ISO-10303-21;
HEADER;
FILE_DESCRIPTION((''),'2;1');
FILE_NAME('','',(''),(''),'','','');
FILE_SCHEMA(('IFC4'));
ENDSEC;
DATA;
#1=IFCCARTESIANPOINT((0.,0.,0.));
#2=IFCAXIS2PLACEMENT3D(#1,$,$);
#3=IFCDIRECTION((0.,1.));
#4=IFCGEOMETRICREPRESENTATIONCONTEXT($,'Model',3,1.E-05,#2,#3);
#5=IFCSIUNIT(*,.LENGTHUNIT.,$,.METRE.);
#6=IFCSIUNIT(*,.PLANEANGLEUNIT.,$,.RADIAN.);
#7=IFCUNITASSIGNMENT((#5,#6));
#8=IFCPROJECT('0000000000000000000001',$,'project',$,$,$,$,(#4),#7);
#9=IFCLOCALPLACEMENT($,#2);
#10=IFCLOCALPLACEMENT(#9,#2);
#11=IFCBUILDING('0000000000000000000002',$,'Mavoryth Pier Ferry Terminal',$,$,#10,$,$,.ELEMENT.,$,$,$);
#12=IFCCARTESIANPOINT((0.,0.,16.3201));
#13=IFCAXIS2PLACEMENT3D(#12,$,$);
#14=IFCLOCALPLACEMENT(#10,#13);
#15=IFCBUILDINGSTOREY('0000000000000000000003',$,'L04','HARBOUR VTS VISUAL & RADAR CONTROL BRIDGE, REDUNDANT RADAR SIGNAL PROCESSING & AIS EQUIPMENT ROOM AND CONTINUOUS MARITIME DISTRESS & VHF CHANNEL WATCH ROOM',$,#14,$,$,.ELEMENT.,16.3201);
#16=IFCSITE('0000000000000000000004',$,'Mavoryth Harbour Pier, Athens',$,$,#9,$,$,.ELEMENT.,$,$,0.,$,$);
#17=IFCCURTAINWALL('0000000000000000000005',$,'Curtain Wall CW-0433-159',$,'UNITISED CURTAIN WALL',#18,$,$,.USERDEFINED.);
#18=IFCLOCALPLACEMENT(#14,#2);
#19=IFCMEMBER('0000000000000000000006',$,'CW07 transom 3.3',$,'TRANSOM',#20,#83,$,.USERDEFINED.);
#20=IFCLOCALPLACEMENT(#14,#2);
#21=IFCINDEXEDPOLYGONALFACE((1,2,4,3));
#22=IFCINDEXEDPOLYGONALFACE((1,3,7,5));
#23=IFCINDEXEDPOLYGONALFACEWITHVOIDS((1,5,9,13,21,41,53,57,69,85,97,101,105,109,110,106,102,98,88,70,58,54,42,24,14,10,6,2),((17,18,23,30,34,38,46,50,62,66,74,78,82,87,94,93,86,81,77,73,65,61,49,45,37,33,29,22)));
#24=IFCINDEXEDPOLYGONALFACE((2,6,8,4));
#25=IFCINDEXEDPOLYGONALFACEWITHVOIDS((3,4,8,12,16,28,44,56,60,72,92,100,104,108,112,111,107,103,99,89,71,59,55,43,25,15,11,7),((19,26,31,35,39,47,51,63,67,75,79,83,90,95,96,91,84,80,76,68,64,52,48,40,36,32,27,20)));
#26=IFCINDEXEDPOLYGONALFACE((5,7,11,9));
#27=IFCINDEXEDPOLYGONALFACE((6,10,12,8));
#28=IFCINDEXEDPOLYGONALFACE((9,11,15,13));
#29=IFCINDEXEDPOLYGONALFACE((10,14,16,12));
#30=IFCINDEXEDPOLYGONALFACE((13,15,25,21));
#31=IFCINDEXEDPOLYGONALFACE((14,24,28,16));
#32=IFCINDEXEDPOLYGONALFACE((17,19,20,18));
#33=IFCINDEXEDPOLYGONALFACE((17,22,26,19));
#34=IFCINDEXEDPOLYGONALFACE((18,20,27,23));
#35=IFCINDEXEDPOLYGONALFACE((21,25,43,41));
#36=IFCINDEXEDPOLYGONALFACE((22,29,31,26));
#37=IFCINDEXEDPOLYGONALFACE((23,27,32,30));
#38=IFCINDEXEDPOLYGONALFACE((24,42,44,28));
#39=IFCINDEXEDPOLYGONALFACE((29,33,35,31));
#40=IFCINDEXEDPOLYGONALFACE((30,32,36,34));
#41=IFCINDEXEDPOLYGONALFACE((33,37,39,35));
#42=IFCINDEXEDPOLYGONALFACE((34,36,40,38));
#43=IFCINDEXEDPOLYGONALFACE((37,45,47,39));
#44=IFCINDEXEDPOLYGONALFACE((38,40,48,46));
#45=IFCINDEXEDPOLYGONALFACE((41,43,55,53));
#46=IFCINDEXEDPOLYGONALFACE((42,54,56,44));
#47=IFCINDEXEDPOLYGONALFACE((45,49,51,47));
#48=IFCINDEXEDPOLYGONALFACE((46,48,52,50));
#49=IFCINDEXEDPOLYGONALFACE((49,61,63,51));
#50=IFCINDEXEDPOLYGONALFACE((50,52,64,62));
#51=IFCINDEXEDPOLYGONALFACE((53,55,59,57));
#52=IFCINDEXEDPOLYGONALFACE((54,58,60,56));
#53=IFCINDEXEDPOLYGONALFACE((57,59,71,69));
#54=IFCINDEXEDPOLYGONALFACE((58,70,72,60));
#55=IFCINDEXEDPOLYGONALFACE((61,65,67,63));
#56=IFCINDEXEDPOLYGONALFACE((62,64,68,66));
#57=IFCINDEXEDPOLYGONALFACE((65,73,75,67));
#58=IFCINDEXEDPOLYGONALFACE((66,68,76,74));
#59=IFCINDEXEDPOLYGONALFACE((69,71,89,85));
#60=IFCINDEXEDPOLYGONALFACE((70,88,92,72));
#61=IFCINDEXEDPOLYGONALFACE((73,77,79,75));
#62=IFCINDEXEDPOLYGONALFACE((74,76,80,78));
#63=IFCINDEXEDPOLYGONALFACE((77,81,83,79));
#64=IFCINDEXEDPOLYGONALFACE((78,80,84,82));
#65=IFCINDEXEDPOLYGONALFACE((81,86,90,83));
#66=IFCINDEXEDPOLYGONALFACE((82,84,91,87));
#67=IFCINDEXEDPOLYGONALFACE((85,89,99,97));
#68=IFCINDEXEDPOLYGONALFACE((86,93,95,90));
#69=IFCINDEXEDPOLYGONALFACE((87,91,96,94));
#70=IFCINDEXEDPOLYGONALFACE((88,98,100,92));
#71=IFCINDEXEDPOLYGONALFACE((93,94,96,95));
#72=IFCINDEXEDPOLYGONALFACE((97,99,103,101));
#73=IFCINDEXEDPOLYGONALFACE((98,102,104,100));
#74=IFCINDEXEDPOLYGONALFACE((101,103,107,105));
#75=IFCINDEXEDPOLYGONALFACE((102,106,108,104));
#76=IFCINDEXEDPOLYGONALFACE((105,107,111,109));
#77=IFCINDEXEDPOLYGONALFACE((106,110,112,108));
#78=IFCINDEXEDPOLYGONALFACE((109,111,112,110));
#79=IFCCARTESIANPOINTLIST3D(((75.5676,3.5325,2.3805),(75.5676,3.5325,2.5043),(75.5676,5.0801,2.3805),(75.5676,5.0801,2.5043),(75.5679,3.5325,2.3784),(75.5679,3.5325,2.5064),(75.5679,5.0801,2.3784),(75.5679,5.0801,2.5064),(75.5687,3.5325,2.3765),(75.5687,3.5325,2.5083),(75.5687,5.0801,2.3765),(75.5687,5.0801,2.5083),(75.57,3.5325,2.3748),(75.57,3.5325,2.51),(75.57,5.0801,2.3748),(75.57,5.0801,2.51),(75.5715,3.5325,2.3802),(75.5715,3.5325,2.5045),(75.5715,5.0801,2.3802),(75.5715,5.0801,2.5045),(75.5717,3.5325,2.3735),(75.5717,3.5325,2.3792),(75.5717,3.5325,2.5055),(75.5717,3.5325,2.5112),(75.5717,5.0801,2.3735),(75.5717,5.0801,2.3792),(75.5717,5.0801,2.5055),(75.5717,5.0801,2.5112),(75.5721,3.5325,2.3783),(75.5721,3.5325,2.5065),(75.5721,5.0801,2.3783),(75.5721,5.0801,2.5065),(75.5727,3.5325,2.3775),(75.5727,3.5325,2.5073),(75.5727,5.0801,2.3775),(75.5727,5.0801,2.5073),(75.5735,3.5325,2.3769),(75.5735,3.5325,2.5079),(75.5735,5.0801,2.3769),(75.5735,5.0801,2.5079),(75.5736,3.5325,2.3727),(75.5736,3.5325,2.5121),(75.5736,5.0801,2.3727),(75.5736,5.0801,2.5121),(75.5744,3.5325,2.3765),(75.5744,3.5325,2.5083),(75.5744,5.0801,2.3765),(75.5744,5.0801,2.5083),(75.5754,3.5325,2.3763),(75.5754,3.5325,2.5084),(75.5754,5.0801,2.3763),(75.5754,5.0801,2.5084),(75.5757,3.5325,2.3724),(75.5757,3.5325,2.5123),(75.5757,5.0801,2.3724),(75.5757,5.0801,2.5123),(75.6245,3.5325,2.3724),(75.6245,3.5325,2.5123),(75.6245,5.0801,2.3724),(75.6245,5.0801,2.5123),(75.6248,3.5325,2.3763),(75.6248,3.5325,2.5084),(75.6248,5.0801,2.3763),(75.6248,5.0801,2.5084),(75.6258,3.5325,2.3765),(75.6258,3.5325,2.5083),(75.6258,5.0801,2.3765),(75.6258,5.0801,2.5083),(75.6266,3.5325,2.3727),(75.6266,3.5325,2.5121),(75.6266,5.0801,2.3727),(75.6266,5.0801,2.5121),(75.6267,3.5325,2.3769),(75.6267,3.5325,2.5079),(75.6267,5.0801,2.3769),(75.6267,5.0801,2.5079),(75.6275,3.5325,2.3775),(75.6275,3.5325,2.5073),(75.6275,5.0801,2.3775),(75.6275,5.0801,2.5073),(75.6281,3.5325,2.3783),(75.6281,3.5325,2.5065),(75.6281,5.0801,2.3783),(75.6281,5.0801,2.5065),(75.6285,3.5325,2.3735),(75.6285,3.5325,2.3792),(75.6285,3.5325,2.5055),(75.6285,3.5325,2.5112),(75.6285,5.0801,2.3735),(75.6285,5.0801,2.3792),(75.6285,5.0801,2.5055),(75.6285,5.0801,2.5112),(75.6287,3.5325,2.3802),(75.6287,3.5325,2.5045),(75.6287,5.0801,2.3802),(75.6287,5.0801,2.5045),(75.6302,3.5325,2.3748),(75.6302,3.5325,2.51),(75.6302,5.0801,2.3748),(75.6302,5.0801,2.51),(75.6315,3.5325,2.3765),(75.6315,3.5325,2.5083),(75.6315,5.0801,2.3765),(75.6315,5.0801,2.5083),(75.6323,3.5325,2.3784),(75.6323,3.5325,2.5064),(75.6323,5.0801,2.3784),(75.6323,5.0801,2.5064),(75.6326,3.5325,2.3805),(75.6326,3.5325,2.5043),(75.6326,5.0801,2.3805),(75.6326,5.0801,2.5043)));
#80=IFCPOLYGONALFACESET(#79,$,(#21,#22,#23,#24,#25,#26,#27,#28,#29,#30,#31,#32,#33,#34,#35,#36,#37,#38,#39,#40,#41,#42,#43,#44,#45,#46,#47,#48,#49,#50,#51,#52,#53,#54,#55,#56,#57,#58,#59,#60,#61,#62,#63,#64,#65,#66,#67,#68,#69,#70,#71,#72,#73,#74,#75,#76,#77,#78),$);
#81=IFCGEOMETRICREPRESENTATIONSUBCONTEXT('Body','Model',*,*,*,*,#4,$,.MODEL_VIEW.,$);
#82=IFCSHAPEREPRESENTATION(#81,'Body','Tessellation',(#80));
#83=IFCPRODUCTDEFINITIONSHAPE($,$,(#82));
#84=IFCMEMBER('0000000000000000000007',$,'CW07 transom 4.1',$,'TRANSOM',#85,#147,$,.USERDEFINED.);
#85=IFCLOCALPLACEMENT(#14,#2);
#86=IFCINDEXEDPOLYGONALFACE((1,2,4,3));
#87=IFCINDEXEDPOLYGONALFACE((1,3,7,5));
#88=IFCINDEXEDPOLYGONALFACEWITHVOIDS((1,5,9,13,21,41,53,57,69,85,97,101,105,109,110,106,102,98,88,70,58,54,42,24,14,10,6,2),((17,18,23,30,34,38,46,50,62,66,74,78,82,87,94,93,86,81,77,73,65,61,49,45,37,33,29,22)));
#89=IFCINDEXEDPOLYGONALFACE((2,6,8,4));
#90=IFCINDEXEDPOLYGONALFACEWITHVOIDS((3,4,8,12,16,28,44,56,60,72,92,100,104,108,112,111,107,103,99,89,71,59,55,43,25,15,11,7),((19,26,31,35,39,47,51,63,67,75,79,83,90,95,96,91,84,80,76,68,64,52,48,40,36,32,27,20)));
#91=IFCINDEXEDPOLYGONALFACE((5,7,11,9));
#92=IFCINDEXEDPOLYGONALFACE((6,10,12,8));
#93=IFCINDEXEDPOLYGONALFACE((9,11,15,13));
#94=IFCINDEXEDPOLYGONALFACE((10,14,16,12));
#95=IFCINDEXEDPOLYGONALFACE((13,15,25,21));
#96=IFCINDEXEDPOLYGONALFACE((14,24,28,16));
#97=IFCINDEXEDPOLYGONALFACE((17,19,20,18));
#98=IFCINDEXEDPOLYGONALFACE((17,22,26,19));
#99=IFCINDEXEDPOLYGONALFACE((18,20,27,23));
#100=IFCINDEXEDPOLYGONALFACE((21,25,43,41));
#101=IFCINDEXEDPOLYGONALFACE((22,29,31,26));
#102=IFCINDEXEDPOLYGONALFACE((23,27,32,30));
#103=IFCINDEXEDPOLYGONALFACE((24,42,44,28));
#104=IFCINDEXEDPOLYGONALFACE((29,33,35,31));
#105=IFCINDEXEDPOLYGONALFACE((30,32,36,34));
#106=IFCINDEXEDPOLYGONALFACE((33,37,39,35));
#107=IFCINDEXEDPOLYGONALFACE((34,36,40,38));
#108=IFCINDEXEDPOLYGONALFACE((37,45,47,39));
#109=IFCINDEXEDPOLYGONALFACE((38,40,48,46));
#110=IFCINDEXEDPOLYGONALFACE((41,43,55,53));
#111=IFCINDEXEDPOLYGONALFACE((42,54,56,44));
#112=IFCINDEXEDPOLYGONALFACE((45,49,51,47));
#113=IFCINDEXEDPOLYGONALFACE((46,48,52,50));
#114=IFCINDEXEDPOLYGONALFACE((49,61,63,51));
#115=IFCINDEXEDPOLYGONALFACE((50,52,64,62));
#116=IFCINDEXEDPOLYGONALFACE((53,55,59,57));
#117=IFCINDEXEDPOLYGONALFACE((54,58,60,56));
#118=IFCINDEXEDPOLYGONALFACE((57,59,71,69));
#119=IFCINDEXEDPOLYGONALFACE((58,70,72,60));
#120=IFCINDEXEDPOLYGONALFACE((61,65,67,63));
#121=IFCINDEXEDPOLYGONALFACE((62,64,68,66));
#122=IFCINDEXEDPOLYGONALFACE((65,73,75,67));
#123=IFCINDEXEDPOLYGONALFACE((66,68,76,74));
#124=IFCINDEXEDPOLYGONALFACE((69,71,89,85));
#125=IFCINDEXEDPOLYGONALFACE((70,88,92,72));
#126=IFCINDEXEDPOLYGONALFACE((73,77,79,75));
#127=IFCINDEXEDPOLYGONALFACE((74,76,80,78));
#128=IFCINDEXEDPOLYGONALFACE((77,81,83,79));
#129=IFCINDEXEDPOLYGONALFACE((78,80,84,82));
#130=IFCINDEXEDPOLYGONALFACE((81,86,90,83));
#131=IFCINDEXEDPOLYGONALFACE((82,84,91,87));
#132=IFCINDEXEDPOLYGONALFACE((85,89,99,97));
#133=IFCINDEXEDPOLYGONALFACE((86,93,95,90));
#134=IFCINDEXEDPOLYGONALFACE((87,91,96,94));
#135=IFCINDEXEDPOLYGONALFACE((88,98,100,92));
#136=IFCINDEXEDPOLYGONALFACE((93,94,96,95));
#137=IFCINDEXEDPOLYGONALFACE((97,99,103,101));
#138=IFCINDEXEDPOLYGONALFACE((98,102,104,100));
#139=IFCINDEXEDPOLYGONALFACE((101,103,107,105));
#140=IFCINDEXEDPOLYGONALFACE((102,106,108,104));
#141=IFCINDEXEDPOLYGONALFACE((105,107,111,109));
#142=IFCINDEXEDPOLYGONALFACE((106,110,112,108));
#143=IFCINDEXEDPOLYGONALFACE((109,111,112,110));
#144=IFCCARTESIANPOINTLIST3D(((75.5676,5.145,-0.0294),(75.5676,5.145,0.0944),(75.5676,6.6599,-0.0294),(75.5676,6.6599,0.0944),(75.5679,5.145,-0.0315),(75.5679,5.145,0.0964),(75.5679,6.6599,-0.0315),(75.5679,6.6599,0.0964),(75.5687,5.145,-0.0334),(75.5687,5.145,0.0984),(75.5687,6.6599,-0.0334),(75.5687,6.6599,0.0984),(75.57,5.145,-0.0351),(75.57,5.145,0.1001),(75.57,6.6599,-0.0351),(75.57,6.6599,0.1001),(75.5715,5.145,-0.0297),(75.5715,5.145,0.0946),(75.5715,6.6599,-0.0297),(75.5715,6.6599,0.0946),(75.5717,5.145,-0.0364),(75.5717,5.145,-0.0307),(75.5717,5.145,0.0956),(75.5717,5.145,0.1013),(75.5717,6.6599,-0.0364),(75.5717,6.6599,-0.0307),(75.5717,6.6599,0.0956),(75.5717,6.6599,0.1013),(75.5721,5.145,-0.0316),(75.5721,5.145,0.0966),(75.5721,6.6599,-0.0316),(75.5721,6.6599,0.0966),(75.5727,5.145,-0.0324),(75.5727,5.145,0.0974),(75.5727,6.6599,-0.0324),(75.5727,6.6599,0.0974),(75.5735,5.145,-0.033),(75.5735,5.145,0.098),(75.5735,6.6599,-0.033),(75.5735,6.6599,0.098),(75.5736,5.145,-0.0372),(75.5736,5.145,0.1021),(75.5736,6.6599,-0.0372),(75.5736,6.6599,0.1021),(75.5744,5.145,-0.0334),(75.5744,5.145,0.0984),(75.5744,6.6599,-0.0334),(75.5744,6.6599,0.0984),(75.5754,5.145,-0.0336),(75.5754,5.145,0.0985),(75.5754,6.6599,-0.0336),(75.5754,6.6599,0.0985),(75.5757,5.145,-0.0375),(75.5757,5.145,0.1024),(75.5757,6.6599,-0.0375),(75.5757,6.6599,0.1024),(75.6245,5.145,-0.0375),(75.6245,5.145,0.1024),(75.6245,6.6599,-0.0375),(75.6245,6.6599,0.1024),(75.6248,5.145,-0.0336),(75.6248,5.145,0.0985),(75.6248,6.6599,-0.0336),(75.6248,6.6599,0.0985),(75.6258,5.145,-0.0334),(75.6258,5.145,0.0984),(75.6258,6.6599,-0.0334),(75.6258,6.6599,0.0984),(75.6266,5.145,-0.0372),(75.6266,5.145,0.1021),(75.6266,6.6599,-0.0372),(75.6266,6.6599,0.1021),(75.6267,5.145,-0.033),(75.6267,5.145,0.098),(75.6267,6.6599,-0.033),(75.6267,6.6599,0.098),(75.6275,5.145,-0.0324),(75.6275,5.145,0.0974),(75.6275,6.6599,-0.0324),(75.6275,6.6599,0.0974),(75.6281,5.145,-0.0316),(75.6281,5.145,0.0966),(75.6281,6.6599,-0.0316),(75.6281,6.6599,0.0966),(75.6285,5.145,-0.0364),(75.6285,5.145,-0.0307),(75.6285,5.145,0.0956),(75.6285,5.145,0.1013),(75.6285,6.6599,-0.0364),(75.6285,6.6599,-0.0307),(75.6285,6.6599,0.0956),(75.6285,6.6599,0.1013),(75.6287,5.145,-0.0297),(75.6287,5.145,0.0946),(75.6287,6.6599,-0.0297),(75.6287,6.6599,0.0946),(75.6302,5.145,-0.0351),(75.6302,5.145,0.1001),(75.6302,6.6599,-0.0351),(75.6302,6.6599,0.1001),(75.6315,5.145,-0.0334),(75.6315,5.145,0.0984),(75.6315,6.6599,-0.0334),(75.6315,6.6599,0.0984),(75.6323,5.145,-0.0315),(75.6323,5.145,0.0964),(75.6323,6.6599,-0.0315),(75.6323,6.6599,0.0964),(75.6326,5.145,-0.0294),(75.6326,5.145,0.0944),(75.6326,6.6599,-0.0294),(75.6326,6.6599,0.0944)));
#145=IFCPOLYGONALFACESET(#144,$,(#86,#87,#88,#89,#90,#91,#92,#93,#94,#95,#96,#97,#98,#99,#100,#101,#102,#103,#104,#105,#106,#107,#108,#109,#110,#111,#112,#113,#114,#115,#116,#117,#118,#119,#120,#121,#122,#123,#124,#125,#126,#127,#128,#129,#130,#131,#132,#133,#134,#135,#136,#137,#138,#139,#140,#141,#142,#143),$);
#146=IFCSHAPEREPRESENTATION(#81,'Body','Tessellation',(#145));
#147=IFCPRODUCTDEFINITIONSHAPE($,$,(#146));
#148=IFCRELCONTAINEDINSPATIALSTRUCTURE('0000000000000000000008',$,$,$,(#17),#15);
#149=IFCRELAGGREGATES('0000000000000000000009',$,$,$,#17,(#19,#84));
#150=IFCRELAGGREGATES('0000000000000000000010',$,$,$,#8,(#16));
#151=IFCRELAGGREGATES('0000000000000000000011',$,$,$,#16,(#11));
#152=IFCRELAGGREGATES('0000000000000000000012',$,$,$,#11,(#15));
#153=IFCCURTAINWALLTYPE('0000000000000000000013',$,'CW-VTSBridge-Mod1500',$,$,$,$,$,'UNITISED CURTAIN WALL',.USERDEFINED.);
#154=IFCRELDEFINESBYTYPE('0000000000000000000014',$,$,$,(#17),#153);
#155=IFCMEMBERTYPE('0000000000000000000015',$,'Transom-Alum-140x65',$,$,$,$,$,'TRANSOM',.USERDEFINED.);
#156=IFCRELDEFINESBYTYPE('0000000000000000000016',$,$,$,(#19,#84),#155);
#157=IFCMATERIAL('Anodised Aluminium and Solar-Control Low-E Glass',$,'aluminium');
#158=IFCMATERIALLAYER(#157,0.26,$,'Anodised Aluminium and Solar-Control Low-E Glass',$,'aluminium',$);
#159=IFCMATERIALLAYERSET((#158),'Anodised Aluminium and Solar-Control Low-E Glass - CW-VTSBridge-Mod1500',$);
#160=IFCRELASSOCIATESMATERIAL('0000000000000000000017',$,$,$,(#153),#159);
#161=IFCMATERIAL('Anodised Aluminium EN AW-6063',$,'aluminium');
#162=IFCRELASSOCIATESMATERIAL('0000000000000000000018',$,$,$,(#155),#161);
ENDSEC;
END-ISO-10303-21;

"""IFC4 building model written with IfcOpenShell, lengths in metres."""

from ifc_helpers import new_model, si_unit, direction, frame, origin, origin_2d, place, context, subcontext, project, spatial, hollow_rectangle, extrude, material, layer, layer_set, material_profile, profile_set, type_object, element, aggregate, save


model = new_model("IFC4")

# Units and contexts
model_context = context("Model", 3, precision=1e-05, world=origin(), true_north=direction((0.0, 1.0)))
body_context = subcontext(model_context, "Body", "Model", "MODEL_VIEW")
ifc_project = project(units=[si_unit("LENGTHUNIT", "METRE"), si_unit("PLANEANGLEUNIT", "RADIAN")], contexts=[model_context])

# Site, building, storey
site_placement = place(None, origin())
site = spatial("IfcSite", under=ifc_project, at=site_placement, Name="Mavoryth Harbour Pier, Athens", CompositionType="ELEMENT", RefElevation=0.0)
building_placement = place(site_placement, origin())
building = spatial("IfcBuilding", under=site, at=building_placement, Name="Mavoryth Pier Ferry Terminal", CompositionType="ELEMENT")
storey_placement = place(building_placement, frame((0.0, 0.0, 16.3201)))
storey = spatial("IfcBuildingStorey", under=building, at=storey_placement, Name="L04", Description="HARBOUR VTS VISUAL & RADAR CONTROL BRIDGE, REDUNDANT RADAR SIGNAL PROCESSING & AIS EQUIPMENT ROOM AND CONTINUOUS MARITIME DISTRESS & VHF CHANNEL WATCH ROOM", CompositionType="ELEMENT", Elevation=16.3201)

# Curtain wall
ifc_material_1 = material(Name="Anodised Aluminium and Solar-Control Low-E Glass", Category="aluminium")
ifc_layer_1 = layer(ifc_material_1, 0.26, Name="Anodised Aluminium and Solar-Control Low-E Glass", Category="aluminium")
ifc_layer_set_1 = layer_set([ifc_layer_1], Name="Anodised Aluminium and Solar-Control Low-E Glass - CW-VTSBridge-Mod1500")
curtain_wall_type = type_object("IfcCurtainWallType", Name="CW-VTSBridge-Mod1500", ElementType="UNITISED CURTAIN WALL", PredefinedType="USERDEFINED", material=ifc_layer_set_1)
curtain_wall_1_placement = place(storey_placement, origin())
curtain_wall_1 = element("IfcCurtainWall", 1, at=curtain_wall_1_placement, inside=storey, type_object=curtain_wall_type, Name="Curtain Wall CW-0433-159", ObjectType="UNITISED CURTAIN WALL", PredefinedType="USERDEFINED")
ifc_material_2 = material(Name="Anodised Aluminium EN AW-6063", Category="aluminium")

# Members
ifc_material_profile_1 = material_profile(ifc_material_2, hollow_rectangle(XDim=0.0649, YDim=0.1399, WallThickness=0.0039, InnerFilletRadius=0.0039, OuterFilletRadius=0.0081, at=origin_2d()), Name="AL-TRAN 140x65x4", Category="aluminium")
ifc_profile_set_1 = profile_set([ifc_material_profile_1], Name="Anodised Aluminium EN AW-6063 - AL-TRAN 140x65x4")
member_type_1 = type_object("IfcMemberType", Name="Transom-Alum-140x65", ElementType="TRANSOM", PredefinedType="USERDEFINED", material=ifc_profile_set_1)
member_1_placement = place(storey_placement, frame((75.6001, 3.5325, 2.4424), z_axis=(0.0, 1.0, 0.0), x_axis=(-1.0, 0.0, 0.0)))
member_1 = element("IfcMember", 2, at=member_1_placement, type_object=member_type_1, Name="CW07 transom 3.3", ObjectType="TRANSOM", PredefinedType="USERDEFINED", context=body_context, shape_type="SweptSolid", body=[
    extrude(hollow_rectangle(XDim=0.0649, YDim=0.1399, WallThickness=0.0039, InnerFilletRadius=0.0039, OuterFilletRadius=0.0081, at=origin_2d()), origin(), (0.0, 0.0, 1.0), 1.5476),
])
member_2_placement = place(storey_placement, frame((75.6001, 5.145, 0.0325), z_axis=(0.0, 1.0, 0.0), x_axis=(-1.0, 0.0, 0.0)))
member_2 = element("IfcMember", 3, at=member_2_placement, type_object=member_type_1, Name="CW07 transom 4.1", ObjectType="TRANSOM", PredefinedType="USERDEFINED", context=body_context, shape_type="SweptSolid", body=[
    extrude(hollow_rectangle(XDim=0.0649, YDim=0.1399, WallThickness=0.0039, InnerFilletRadius=0.0039, OuterFilletRadius=0.0081, at=origin_2d()), origin(), (0.0, 0.0, 1.0), 1.5149),
])

aggregate(curtain_wall_1, [member_1, member_2])

save(model, "model.ifc")
